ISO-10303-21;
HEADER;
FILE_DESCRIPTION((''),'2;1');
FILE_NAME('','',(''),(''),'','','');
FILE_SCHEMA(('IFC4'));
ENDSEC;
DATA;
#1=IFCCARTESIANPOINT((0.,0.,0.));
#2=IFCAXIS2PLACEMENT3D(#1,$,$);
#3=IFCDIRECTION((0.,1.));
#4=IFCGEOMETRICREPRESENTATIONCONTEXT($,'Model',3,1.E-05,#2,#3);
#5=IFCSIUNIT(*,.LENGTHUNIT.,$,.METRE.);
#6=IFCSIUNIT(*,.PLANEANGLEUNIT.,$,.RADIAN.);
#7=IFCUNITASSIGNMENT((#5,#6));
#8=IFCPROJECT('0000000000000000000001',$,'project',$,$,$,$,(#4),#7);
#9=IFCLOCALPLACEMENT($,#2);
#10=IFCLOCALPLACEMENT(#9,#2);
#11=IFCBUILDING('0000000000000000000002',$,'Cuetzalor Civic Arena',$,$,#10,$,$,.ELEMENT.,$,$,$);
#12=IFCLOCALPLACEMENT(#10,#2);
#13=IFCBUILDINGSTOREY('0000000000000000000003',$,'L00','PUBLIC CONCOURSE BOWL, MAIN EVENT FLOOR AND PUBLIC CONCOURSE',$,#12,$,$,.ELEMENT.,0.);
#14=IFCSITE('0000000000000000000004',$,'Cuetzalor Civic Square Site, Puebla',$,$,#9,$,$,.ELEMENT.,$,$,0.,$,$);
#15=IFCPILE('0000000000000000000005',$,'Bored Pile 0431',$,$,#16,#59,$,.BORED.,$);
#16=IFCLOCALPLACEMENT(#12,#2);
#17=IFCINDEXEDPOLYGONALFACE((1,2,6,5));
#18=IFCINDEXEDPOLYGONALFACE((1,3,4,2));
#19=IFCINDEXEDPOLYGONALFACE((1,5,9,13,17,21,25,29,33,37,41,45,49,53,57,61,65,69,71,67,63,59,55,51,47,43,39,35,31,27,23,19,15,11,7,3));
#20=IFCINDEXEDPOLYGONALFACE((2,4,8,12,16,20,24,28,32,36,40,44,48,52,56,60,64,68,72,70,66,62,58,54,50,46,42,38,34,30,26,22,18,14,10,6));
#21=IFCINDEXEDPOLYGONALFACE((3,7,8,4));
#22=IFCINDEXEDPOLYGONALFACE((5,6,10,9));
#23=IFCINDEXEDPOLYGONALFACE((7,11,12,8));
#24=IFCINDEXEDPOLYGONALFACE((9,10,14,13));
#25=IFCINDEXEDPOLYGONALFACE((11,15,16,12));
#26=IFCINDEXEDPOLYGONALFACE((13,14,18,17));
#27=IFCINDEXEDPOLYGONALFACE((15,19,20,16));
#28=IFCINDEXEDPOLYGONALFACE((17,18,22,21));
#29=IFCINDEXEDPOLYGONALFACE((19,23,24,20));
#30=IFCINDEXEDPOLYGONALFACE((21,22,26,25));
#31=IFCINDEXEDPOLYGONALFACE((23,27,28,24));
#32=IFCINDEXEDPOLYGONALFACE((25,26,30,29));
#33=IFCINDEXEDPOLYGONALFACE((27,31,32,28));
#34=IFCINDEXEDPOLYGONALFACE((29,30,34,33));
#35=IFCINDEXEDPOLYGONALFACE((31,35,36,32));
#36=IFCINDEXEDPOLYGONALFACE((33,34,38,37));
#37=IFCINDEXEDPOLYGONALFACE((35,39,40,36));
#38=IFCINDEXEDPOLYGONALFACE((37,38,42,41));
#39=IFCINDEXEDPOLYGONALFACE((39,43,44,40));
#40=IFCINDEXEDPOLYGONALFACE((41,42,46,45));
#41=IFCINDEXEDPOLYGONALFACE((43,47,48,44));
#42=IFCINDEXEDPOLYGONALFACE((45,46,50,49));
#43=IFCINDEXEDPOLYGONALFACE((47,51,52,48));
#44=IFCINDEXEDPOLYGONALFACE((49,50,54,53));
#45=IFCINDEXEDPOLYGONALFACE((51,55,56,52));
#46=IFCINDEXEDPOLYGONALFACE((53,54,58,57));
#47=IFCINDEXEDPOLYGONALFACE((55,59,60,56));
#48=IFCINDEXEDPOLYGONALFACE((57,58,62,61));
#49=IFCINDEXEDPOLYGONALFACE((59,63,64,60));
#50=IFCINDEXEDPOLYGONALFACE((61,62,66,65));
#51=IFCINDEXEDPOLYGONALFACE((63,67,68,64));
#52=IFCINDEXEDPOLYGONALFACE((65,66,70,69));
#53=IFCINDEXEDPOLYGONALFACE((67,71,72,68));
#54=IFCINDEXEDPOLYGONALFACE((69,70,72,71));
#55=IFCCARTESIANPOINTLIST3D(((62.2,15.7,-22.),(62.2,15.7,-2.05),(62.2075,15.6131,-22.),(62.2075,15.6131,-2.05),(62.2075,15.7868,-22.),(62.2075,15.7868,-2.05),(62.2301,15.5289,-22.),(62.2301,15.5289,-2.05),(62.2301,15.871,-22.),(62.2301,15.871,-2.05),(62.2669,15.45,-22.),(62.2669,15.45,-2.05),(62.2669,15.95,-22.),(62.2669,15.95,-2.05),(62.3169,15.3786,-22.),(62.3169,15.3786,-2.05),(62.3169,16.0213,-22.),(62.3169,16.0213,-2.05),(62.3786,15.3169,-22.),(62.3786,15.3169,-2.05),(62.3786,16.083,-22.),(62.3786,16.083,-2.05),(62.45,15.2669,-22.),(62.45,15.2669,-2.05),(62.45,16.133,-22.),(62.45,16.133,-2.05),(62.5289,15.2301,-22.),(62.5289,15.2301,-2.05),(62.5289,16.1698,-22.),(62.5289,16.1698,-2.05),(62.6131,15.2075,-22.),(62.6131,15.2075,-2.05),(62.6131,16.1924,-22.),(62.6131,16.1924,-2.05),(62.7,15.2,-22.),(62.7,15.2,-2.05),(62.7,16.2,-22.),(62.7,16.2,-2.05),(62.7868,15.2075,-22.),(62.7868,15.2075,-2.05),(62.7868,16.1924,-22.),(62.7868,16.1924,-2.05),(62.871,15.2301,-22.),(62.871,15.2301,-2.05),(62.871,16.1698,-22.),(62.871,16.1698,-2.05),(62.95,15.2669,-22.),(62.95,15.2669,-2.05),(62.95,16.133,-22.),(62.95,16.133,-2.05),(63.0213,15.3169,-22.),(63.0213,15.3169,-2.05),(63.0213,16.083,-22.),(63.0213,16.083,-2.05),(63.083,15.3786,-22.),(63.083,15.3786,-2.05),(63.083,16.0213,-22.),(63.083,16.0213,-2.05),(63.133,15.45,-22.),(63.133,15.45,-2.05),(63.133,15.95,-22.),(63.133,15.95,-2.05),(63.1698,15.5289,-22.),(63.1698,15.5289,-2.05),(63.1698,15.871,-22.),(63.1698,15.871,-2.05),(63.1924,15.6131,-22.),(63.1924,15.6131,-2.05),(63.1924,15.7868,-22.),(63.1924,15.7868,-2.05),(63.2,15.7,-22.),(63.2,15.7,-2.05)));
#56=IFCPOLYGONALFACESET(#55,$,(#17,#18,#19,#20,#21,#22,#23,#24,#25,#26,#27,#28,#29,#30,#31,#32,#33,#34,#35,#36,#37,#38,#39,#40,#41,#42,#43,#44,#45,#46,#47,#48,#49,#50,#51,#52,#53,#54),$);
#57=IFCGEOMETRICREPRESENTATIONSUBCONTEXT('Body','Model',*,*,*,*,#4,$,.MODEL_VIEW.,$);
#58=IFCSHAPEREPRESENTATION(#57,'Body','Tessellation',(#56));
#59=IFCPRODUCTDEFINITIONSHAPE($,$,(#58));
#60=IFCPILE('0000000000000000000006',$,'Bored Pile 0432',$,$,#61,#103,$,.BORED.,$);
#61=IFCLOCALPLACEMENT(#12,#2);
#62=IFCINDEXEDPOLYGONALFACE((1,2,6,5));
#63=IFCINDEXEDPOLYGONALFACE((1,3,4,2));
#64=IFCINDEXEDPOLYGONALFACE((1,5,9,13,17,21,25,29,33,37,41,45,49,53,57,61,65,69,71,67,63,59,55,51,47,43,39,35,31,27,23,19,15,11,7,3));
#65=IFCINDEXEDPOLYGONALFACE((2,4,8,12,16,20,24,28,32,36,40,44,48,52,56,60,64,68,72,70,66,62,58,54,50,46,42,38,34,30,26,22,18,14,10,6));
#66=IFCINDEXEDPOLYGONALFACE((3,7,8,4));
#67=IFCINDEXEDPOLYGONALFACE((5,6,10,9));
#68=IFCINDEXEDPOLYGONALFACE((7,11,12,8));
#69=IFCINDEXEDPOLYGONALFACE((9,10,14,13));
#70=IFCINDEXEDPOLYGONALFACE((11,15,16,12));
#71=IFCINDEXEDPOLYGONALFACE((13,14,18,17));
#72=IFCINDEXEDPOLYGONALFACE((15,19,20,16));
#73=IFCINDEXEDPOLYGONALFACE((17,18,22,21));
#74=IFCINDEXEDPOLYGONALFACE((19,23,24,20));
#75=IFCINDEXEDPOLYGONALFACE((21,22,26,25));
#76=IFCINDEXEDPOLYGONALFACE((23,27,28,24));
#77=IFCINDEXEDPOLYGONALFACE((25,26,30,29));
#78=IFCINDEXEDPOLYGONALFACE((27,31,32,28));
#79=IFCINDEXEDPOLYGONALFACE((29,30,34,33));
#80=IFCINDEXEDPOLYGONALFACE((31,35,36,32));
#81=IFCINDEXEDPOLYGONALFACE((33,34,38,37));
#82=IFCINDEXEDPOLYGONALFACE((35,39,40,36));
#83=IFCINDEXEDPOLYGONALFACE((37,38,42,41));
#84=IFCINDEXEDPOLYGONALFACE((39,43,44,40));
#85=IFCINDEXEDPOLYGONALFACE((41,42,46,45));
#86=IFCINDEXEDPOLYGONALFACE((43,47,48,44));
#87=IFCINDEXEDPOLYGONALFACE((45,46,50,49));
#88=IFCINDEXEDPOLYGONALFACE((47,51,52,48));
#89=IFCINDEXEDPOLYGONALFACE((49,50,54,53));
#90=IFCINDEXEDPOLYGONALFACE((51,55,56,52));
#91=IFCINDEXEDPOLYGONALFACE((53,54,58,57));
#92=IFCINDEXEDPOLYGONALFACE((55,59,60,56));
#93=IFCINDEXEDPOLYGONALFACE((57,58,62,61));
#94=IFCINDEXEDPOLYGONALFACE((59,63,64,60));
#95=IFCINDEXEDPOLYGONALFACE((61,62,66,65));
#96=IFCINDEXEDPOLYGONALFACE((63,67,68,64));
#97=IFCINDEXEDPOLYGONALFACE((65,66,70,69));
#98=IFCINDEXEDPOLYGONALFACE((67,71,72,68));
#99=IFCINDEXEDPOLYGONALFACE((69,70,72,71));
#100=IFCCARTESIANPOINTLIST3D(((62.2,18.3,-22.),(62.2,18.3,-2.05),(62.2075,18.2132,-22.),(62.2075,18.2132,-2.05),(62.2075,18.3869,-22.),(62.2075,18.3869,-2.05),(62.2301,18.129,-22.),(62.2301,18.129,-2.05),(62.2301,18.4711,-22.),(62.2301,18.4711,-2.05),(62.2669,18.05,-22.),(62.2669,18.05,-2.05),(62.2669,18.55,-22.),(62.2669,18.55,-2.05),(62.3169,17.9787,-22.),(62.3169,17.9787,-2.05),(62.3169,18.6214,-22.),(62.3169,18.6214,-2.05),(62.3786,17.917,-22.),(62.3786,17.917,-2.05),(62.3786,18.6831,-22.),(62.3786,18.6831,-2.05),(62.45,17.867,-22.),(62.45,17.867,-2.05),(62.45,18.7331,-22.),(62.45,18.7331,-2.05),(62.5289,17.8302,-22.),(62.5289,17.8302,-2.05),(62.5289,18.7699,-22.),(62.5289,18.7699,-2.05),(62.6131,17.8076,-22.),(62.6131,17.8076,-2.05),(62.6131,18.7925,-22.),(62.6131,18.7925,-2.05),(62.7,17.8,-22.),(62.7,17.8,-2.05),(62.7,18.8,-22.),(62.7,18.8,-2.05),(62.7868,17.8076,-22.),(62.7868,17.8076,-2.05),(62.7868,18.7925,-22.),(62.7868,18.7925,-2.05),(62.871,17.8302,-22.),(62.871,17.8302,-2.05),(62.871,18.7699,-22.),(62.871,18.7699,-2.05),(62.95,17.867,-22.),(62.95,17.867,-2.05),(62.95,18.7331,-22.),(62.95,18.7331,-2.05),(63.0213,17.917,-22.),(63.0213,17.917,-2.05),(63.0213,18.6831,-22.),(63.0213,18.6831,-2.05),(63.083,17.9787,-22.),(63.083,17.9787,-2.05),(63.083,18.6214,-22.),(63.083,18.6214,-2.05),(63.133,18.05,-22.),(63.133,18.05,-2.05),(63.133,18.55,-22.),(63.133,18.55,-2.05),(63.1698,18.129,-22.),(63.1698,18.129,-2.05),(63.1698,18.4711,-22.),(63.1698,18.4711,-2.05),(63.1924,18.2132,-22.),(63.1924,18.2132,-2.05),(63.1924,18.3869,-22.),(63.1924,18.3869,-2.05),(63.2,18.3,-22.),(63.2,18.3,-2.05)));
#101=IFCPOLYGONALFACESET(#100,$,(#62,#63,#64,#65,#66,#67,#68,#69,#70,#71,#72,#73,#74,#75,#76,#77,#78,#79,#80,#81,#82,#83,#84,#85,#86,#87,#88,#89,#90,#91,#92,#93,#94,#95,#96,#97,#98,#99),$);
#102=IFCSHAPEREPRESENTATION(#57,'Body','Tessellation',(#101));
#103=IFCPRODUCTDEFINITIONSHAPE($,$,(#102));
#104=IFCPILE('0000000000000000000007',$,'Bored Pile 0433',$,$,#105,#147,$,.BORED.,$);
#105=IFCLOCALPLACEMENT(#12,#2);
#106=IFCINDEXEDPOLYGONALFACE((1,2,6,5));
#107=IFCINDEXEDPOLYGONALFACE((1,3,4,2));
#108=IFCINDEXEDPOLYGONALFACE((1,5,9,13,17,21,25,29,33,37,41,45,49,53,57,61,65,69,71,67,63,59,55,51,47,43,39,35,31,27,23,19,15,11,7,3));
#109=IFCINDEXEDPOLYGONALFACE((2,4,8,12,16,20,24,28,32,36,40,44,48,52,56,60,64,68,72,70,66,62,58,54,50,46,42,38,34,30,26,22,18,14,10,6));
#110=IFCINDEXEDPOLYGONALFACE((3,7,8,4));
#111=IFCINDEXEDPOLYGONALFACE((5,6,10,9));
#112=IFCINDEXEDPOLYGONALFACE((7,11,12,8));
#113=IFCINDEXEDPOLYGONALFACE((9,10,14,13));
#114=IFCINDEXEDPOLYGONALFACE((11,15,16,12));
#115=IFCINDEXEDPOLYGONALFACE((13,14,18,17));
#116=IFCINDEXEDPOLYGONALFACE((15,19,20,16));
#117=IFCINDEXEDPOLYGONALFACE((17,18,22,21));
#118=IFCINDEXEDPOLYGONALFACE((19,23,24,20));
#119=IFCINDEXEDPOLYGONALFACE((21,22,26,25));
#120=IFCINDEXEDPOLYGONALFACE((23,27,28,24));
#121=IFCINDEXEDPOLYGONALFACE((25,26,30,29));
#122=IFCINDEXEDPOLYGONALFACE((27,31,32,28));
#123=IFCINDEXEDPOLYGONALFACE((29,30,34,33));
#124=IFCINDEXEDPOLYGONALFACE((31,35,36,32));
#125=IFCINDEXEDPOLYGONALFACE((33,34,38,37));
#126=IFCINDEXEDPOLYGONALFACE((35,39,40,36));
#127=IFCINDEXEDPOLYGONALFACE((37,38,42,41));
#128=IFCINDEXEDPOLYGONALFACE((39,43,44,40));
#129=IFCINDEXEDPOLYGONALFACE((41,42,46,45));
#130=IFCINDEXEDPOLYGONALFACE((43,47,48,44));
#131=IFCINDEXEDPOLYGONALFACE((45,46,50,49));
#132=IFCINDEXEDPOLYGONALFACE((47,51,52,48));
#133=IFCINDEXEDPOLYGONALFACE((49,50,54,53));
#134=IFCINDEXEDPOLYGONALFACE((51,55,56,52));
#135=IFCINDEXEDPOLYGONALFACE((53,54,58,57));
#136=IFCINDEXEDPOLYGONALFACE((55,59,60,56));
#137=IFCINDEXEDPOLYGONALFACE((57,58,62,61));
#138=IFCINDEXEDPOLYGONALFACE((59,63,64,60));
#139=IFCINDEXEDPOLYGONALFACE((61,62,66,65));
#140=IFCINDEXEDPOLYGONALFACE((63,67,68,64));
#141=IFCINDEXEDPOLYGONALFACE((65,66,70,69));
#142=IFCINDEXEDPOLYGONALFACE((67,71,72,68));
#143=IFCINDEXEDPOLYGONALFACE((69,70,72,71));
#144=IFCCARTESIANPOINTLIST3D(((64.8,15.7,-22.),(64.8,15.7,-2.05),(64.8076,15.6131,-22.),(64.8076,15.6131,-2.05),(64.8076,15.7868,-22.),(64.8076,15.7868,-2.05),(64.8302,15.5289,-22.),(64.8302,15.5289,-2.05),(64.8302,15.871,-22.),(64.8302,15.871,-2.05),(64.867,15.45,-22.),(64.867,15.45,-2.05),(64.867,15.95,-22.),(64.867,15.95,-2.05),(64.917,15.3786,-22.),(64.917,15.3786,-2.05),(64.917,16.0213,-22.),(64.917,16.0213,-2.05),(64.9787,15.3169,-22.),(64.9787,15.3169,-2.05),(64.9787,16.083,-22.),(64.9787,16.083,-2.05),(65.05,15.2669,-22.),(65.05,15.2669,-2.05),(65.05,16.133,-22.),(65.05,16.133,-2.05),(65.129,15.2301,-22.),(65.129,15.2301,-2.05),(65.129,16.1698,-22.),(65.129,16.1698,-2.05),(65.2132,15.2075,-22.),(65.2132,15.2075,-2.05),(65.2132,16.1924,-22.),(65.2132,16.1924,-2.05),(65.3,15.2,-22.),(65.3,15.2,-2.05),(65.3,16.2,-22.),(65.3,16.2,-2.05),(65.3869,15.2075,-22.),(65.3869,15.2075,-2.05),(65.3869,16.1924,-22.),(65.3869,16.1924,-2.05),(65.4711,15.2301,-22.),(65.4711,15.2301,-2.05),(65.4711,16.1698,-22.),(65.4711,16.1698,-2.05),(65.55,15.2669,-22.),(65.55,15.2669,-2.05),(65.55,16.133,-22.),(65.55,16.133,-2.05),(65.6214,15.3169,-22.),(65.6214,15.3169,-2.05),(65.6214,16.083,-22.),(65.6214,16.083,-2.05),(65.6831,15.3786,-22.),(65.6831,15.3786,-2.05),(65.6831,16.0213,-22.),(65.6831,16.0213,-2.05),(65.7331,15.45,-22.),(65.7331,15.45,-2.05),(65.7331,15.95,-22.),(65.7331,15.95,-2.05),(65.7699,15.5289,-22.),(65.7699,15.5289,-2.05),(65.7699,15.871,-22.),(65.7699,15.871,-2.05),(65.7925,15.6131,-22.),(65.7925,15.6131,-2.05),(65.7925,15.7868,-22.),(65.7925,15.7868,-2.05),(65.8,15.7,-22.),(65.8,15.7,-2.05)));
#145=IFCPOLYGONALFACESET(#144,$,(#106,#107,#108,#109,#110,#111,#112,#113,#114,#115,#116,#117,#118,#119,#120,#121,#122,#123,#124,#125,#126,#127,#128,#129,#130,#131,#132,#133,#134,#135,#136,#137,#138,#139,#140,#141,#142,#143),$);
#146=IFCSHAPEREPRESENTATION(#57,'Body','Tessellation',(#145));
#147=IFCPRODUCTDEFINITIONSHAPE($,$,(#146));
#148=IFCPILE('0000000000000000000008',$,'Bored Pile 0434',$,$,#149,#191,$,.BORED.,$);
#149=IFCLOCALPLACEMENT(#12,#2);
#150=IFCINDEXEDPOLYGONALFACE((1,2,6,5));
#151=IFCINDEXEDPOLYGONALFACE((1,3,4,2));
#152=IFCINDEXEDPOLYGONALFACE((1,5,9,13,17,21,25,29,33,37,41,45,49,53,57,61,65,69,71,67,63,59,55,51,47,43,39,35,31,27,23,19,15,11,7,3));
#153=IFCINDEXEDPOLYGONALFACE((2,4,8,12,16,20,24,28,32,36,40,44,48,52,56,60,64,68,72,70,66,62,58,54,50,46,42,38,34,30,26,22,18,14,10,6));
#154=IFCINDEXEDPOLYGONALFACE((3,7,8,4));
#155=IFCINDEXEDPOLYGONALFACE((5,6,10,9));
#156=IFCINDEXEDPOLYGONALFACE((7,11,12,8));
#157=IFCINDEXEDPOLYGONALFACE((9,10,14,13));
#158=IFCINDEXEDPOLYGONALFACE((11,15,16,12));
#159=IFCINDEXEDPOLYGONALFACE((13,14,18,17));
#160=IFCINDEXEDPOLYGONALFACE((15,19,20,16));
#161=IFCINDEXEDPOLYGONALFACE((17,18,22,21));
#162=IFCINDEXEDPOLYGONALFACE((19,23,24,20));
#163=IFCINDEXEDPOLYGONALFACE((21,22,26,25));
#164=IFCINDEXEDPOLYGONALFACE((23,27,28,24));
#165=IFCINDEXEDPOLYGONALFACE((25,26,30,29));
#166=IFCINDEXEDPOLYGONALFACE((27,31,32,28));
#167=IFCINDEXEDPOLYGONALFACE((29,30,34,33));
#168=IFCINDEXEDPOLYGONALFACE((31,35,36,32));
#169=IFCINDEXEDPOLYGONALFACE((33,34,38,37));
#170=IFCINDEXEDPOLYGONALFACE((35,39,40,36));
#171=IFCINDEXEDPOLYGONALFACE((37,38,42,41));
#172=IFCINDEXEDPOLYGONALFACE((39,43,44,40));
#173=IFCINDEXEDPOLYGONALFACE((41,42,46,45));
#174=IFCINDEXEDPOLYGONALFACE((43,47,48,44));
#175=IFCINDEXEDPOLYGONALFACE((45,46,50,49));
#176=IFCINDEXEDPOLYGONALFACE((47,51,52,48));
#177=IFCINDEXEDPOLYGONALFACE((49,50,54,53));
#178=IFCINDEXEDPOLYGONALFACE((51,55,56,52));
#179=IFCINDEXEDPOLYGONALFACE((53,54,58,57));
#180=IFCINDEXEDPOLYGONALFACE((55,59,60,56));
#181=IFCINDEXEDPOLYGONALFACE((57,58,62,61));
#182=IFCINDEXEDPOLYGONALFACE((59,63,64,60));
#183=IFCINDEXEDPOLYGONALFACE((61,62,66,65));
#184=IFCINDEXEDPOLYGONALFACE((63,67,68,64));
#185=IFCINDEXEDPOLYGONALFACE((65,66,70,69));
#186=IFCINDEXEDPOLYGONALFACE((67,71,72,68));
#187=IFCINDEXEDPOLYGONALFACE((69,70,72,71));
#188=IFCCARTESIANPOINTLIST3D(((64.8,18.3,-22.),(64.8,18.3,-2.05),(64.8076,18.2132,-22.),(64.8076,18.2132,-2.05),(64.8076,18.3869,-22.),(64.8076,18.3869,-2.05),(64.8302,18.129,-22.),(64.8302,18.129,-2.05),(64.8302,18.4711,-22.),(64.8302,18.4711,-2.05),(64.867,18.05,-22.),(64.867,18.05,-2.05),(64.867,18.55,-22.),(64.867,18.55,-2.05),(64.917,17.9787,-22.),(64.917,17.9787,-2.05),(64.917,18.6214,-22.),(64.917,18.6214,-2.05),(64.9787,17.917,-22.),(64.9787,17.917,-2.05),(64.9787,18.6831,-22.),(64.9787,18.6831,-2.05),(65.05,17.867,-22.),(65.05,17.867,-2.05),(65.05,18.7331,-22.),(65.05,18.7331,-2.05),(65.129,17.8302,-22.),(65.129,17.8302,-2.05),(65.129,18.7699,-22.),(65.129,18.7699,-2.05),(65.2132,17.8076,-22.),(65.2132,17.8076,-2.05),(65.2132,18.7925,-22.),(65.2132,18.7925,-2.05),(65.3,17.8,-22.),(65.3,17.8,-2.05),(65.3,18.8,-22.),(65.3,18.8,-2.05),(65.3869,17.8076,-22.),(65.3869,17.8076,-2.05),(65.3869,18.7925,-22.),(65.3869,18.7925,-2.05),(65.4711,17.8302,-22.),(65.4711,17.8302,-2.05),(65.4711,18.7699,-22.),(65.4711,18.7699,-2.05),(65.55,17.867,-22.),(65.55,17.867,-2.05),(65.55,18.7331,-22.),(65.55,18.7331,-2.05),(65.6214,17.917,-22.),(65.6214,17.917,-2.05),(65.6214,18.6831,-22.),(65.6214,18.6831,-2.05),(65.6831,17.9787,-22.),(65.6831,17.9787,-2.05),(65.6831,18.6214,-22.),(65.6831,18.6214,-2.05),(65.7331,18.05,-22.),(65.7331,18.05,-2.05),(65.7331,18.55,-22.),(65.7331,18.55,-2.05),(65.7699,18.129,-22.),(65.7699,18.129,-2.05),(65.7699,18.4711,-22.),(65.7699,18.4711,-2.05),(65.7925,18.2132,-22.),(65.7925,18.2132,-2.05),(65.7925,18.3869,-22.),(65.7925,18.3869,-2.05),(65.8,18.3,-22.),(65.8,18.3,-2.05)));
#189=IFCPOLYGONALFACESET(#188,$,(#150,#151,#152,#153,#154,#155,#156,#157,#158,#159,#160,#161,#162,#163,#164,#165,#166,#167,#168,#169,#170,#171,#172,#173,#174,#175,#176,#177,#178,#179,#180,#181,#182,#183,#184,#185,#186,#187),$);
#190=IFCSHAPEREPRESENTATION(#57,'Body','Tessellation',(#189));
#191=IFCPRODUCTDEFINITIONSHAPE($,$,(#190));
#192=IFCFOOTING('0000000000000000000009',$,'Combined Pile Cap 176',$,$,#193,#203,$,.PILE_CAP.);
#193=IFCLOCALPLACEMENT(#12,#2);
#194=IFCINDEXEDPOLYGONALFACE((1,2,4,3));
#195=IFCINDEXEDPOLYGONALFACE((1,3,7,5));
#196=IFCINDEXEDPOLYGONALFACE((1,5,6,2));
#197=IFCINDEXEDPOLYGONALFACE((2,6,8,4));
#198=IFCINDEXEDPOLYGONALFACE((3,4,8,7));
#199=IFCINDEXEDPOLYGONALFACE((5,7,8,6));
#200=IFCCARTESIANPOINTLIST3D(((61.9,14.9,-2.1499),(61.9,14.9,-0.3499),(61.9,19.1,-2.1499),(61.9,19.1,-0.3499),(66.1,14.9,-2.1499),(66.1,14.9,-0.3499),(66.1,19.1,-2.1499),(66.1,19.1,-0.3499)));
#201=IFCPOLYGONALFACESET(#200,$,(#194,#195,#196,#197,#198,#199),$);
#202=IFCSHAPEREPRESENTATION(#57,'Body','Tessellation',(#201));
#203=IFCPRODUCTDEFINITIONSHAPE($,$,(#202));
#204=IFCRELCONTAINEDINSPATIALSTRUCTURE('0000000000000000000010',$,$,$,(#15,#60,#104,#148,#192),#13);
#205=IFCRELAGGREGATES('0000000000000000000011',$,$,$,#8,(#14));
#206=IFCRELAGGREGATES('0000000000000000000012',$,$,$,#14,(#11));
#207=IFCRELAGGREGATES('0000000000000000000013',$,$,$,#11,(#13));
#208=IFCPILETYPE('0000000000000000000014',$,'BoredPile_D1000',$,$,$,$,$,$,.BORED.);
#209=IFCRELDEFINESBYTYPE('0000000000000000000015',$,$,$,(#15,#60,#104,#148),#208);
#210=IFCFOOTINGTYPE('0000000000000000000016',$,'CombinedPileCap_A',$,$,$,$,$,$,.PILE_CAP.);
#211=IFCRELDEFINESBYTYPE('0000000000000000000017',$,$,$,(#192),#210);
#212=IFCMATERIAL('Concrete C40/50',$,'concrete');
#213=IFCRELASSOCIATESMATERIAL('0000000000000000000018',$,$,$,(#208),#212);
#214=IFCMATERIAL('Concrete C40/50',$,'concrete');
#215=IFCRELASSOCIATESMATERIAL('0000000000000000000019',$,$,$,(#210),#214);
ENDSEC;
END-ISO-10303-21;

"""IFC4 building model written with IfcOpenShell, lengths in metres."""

from ifc_helpers import new_model, si_unit, direction, frame, origin, origin_2d, place, context, subcontext, project, spatial, rectangle, circle, extrude, material, material_profile, profile_set, type_object, element, save


model = new_model("IFC4")

# Units and contexts
model_context = context("Model", 3, precision=1e-05, world=origin(), true_north=direction((0.0, 1.0)))
body_context = subcontext(model_context, "Body", "Model", "MODEL_VIEW")
ifc_project = project(units=[si_unit("LENGTHUNIT", "METRE"), si_unit("PLANEANGLEUNIT", "RADIAN")], contexts=[model_context])

# Site, building, storey
site_placement = place(None, origin())
site = spatial("IfcSite", under=ifc_project, at=site_placement, Name="Cuetzalor Civic Square Site, Puebla", CompositionType="ELEMENT", RefElevation=0.0)
building_placement = place(site_placement, origin())
building = spatial("IfcBuilding", under=site, at=building_placement, Name="Cuetzalor Civic Arena", CompositionType="ELEMENT")
storey_placement = place(building_placement, origin())
storey = spatial("IfcBuildingStorey", under=building, at=storey_placement, Name="L00", Description="PUBLIC CONCOURSE BOWL, MAIN EVENT FLOOR AND PUBLIC CONCOURSE", CompositionType="ELEMENT", Elevation=0.0)

# Piles
ifc_material_1 = material(Name="Concrete C40/50", Category="concrete")
ifc_material_profile_1 = material_profile(ifc_material_1, circle(Radius=0.5, at=origin_2d()), Name="BORED PILE D1000")
ifc_profile_set_1 = profile_set([ifc_material_profile_1], Name="Concrete C40/50")
pile_type = type_object("IfcPileType", Name="BoredPile_D1000", PredefinedType="BORED", material=ifc_profile_set_1)
for number, where, z_axis, x_axis, name in (
    (1, (62.7, 15.7, -2.05), (0.0, 0.0, -1.0), (1.0, 0.0, 0.0), "Bored Pile 0431"),
    (2, (62.7, 18.3, -2.05), (0.0, 0.0, -1.0), (1.0, 0.0, 0.0), "Bored Pile 0432"),
    (3, (65.3, 15.7, -2.05), (0.0, 0.0, -1.0), (1.0, 0.0, 0.0), "Bored Pile 0433"),
    (4, (65.3, 18.3, -2.05), (0.0, 0.0, -1.0), (1.0, 0.0, 0.0), "Bored Pile 0434"),
):
    element("IfcPile", number, at=place(storey_placement, frame(where, z_axis=z_axis, x_axis=x_axis)), inside=storey, type_object=pile_type, Name=name, PredefinedType="BORED", context=body_context, shape_type="SweptSolid", body=[
        extrude(circle(Radius=0.5, at=origin_2d()), origin(), (0.0, 0.0, 1.0), 19.95),
    ])

# Footing
ifc_material_2 = material(Name="Concrete C40/50", Category="concrete")
footing_type_1 = type_object("IfcFootingType", Name="CombinedPileCap_A", PredefinedType="PILE_CAP", material=ifc_material_2)
footing_1_placement = place(storey_placement, frame((64.0, 17.0, -2.1499), z_axis=(0.0, 0.0, 1.0), x_axis=(1.0, 0.0, 0.0)))
element("IfcFooting", 5, at=footing_1_placement, inside=storey, type_object=footing_type_1, Name="Combined Pile Cap 176", PredefinedType="PILE_CAP", context=body_context, shape_type="SweptSolid", body=[
    extrude(rectangle(XDim=4.2, YDim=4.2, at=origin_2d()), origin(), (0.0, 0.0, 1.0), 1.8),
])

save(model, "model.ifc")
